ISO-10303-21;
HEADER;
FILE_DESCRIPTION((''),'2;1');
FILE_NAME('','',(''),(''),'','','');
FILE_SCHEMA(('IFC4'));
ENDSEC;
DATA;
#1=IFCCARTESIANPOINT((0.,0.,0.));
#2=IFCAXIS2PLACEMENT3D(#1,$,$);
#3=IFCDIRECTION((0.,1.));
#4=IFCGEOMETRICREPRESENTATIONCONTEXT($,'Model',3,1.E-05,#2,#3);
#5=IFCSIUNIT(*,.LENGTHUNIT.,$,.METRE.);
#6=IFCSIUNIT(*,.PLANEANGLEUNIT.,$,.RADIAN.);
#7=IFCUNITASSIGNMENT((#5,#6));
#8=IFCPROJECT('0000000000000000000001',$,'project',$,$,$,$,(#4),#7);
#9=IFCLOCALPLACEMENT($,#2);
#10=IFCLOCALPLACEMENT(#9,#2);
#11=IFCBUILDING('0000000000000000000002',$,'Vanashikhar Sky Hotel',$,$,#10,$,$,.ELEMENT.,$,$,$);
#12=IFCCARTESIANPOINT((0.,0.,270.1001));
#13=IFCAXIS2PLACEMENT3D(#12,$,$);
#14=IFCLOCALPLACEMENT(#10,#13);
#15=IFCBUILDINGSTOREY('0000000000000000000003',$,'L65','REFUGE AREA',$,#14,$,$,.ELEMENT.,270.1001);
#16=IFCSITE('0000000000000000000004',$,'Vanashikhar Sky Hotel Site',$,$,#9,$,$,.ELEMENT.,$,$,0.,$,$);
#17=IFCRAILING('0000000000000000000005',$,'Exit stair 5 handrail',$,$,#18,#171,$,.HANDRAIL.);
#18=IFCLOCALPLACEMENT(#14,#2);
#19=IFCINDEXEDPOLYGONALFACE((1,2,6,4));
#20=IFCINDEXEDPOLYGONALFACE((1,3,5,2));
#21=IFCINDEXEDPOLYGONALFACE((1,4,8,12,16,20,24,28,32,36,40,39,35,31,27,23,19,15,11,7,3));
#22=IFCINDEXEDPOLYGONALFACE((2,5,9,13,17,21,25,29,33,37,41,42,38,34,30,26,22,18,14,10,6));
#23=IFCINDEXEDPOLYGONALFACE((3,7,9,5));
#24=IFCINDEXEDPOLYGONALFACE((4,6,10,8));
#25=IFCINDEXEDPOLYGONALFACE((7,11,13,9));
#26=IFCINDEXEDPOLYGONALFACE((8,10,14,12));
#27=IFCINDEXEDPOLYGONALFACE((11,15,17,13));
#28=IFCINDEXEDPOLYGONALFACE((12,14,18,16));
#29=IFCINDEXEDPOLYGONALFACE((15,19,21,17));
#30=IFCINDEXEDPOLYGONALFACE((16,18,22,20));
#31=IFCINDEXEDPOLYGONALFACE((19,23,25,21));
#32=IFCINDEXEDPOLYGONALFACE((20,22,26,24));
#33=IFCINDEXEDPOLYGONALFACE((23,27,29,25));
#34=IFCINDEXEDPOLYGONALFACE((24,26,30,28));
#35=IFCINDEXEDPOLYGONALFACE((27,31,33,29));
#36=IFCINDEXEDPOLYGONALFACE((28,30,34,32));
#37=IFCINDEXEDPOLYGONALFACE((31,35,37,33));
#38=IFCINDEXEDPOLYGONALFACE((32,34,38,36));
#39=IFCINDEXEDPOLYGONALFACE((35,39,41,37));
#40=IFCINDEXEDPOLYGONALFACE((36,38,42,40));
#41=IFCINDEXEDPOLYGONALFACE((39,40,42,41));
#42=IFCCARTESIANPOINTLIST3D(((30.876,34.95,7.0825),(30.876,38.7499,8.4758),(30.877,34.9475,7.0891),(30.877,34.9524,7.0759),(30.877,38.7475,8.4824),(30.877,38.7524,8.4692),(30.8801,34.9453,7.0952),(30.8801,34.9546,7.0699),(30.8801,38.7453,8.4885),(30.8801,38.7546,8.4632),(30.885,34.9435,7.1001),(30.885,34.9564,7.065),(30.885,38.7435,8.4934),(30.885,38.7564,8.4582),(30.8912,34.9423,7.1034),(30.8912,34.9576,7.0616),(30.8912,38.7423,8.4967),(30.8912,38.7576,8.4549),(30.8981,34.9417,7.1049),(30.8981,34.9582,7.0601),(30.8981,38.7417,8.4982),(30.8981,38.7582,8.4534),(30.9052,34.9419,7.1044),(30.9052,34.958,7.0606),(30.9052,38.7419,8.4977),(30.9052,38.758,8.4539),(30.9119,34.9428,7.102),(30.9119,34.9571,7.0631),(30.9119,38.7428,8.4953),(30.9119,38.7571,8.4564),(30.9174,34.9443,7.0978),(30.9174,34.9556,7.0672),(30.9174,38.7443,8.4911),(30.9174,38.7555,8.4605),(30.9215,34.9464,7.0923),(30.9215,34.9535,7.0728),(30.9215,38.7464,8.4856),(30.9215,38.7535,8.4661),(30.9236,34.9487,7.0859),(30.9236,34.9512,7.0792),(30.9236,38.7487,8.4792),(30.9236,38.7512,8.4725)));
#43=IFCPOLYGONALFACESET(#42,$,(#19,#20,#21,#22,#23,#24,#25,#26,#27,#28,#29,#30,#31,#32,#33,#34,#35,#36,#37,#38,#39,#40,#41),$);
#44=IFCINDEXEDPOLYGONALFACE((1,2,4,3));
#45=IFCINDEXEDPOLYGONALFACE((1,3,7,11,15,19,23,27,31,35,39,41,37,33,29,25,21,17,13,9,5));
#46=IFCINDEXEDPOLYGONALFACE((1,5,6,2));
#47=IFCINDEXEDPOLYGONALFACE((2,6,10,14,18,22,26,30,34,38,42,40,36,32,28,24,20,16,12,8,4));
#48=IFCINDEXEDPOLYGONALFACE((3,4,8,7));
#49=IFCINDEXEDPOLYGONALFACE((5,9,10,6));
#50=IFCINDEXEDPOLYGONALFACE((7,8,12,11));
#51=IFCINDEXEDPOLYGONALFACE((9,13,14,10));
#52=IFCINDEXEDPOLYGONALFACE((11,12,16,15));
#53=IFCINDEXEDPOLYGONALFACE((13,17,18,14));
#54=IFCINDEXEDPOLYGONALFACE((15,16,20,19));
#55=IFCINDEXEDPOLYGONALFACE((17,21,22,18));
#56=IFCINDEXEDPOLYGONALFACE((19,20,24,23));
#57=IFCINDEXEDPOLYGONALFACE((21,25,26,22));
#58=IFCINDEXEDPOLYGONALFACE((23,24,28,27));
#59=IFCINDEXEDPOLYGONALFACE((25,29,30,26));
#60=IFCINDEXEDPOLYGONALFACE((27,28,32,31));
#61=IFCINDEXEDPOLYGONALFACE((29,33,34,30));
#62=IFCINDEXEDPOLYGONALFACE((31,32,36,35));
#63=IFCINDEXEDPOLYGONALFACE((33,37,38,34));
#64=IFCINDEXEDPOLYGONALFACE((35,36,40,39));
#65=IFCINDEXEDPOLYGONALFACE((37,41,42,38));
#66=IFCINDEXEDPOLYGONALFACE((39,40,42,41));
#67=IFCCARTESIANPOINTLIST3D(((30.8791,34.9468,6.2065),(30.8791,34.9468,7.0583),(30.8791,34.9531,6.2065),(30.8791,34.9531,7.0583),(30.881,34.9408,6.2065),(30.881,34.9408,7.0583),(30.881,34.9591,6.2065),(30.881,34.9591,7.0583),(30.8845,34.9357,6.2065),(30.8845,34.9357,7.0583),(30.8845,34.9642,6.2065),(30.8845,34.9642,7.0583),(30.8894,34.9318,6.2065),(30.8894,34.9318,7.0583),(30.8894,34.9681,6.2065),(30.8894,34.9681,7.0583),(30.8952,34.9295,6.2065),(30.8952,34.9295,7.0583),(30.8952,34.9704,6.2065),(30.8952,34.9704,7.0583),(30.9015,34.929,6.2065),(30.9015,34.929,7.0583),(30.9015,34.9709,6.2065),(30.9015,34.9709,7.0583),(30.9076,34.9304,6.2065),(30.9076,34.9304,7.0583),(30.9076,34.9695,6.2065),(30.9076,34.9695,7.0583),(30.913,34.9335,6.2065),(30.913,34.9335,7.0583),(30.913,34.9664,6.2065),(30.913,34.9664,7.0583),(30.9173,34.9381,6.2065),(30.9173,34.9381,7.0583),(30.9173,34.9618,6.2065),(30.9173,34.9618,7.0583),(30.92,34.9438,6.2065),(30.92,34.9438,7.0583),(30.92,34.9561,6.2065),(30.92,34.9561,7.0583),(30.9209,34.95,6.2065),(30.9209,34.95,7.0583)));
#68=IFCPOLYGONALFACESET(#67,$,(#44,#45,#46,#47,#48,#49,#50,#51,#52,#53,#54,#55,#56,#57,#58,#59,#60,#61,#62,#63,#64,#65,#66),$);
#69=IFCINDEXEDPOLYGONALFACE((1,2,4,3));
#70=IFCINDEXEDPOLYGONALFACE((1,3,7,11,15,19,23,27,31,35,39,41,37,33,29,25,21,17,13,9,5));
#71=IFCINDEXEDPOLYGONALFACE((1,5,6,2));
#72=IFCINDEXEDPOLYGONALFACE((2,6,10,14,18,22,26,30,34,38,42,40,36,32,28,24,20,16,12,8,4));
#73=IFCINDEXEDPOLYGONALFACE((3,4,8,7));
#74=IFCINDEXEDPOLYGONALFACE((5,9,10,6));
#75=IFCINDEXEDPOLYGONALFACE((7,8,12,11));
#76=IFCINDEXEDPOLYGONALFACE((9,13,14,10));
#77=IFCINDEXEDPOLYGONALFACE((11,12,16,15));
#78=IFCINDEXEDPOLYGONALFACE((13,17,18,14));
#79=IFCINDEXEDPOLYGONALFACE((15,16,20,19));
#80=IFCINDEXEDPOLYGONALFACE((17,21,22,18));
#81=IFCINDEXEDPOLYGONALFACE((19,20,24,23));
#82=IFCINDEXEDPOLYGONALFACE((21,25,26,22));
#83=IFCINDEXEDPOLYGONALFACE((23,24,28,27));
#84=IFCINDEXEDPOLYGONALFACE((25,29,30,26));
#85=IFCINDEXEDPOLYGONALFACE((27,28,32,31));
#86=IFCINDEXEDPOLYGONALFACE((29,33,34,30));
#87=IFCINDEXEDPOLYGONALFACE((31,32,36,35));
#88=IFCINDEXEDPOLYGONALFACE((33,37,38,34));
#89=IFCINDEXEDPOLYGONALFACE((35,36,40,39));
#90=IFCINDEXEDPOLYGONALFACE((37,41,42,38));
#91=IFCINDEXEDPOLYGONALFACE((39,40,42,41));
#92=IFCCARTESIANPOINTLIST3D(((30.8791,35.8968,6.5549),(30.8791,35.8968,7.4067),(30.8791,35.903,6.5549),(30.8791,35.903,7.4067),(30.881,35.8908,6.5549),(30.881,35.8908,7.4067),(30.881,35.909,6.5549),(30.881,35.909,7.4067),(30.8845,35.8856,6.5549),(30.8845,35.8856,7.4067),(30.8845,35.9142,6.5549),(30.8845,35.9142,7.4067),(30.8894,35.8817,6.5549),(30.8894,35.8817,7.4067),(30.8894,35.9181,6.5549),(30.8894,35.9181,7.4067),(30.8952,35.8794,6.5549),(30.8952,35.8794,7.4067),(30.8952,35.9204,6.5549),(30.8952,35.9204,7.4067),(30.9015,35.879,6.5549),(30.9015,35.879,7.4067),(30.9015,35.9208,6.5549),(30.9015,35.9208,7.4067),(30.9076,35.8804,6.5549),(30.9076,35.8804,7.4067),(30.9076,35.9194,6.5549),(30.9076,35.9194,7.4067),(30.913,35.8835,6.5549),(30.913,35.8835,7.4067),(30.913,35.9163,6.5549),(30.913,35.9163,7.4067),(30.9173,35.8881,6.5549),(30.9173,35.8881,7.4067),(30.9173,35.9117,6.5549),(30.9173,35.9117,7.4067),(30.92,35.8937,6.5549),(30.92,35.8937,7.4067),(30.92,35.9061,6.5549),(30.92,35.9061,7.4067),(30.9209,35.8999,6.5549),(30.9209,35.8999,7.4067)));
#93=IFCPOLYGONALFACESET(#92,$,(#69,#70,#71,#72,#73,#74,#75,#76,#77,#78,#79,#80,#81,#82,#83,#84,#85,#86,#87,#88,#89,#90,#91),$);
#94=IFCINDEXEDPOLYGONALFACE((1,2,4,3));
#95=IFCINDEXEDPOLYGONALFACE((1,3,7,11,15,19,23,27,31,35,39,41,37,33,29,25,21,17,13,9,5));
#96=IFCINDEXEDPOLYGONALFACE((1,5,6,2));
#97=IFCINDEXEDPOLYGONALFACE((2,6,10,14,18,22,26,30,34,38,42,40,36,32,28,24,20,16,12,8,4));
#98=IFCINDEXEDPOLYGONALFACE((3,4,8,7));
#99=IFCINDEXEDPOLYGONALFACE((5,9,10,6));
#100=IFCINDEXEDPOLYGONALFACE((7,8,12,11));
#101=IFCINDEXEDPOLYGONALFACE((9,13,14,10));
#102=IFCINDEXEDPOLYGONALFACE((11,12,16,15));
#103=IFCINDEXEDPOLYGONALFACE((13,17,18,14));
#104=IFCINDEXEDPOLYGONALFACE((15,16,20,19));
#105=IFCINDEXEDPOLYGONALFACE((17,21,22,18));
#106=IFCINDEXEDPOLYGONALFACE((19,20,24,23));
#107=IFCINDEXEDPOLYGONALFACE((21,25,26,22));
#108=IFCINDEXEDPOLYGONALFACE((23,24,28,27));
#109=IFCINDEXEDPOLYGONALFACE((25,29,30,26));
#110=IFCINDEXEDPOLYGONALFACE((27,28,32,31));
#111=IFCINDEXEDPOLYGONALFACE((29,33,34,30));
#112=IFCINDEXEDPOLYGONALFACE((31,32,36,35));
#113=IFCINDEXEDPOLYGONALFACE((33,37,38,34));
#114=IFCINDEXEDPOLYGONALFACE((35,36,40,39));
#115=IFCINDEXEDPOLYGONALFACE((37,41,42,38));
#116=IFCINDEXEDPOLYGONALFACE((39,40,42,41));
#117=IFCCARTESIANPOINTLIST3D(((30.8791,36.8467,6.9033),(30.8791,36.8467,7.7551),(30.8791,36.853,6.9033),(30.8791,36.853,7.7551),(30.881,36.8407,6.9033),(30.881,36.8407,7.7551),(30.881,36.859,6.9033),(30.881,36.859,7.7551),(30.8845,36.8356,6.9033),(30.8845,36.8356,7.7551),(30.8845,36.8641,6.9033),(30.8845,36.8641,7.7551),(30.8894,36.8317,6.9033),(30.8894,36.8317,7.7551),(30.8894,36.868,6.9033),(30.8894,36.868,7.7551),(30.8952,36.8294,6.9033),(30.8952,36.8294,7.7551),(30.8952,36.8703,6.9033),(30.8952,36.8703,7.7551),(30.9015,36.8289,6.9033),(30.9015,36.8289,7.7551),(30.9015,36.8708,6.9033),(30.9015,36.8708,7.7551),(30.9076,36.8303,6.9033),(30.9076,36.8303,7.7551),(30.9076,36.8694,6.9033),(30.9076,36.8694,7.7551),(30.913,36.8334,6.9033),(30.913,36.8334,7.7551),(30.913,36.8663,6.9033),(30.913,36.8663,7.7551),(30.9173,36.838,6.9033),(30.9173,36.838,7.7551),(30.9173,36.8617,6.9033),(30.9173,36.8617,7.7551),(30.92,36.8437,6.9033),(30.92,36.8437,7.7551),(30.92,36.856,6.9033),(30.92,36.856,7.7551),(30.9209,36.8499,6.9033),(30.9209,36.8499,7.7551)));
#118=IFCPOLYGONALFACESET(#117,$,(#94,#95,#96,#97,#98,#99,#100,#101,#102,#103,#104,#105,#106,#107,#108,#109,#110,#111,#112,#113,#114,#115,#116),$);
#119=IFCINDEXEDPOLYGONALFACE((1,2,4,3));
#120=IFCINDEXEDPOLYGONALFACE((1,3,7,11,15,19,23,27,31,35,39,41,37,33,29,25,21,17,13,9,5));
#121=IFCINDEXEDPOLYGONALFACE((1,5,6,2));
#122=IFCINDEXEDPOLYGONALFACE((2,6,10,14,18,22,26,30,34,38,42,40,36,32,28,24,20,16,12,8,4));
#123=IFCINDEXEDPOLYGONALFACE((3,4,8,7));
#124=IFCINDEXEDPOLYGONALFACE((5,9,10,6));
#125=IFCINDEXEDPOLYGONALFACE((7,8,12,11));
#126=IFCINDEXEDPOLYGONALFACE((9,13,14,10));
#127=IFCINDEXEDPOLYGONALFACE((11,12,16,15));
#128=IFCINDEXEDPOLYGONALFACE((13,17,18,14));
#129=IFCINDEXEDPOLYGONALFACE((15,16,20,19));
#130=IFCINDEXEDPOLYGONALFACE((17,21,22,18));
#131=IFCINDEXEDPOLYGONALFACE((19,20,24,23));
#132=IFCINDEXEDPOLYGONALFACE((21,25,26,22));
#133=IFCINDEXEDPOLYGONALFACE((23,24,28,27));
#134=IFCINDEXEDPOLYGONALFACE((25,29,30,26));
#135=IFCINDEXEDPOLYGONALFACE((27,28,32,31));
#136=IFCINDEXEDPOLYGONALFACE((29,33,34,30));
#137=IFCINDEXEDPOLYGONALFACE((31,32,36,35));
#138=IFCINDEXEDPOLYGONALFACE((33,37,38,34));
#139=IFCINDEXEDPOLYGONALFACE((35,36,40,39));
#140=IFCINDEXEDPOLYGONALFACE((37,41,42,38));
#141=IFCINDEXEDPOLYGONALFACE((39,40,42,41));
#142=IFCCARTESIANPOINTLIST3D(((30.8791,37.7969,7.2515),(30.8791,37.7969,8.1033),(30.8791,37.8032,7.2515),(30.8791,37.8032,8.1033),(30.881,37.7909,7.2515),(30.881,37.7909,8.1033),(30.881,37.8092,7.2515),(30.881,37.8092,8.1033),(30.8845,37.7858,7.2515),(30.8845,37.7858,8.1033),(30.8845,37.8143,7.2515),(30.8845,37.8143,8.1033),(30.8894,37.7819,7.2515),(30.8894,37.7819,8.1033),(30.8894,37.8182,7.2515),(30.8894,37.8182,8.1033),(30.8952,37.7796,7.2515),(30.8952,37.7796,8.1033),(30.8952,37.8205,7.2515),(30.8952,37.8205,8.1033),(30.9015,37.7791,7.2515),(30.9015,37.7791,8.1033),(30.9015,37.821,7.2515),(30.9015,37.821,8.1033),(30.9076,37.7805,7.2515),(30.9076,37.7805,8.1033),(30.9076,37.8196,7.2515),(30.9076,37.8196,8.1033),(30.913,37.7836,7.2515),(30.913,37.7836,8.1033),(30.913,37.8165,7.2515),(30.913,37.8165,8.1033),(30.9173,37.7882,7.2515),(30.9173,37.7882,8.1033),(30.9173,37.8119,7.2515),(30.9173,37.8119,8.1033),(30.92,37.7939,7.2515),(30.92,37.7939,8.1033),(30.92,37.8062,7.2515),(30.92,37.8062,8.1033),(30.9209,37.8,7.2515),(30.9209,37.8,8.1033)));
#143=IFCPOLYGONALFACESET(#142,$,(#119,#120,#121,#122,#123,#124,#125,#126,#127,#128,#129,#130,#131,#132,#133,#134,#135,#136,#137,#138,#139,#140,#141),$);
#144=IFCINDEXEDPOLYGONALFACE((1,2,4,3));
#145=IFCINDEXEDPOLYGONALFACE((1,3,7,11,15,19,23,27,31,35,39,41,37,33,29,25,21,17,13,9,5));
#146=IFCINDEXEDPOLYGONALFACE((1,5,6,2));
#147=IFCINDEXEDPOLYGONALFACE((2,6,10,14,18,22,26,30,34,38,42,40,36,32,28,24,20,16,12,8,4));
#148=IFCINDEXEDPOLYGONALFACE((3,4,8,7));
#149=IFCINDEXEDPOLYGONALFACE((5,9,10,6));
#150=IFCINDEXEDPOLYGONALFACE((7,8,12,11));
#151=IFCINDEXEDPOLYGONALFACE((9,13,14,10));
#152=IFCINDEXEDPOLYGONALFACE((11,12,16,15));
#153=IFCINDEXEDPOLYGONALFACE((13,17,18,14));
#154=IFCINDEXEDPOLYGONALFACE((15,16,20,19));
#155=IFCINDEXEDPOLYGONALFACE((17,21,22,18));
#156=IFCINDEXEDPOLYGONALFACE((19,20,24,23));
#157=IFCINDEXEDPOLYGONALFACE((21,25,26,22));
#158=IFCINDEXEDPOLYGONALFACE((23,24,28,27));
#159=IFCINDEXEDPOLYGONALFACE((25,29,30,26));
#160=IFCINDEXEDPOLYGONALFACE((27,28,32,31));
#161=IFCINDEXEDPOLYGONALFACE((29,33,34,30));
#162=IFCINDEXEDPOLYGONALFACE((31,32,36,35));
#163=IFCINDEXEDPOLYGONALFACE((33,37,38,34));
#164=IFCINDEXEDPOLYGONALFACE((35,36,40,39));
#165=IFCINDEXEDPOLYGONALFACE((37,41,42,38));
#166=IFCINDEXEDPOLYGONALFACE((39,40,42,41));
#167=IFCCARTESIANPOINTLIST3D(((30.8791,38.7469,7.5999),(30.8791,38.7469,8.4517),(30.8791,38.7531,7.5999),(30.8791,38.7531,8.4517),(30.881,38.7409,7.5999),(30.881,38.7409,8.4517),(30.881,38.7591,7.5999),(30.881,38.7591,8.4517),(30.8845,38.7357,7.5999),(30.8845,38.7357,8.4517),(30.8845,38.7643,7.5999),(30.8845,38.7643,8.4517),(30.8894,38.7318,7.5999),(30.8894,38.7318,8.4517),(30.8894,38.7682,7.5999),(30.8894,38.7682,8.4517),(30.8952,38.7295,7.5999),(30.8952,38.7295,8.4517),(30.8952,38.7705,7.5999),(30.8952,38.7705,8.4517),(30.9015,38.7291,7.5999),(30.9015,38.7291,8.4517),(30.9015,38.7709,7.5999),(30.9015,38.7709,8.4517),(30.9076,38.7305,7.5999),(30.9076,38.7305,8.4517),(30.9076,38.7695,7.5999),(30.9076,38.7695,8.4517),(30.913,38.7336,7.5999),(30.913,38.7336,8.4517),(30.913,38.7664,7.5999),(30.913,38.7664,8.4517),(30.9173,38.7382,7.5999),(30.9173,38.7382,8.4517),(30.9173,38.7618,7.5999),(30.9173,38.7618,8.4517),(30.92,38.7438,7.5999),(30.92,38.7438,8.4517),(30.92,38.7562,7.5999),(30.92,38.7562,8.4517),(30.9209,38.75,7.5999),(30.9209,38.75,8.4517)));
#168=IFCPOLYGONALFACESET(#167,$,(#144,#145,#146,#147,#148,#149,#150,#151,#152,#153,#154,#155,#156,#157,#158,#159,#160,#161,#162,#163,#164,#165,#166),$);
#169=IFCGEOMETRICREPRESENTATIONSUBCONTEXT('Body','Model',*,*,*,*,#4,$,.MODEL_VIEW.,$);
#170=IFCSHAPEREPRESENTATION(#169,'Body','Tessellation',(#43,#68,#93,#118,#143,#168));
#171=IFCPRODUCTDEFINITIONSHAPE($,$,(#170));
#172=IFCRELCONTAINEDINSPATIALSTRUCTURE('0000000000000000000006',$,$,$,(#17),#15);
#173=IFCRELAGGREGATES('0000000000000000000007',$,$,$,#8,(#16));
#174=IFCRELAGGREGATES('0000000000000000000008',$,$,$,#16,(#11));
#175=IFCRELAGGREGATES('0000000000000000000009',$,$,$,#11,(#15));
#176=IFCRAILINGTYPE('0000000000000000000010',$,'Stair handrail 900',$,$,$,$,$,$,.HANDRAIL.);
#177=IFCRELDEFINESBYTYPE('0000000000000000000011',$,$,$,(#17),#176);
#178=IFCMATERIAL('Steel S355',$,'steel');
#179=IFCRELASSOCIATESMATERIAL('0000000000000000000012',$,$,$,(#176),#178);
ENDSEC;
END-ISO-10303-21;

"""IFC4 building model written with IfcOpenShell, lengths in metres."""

from ifc_helpers import new_model, si_unit, direction, frame, origin, origin_2d, place, context, subcontext, project, spatial, circle, extrude, source, transform, mapped, material, type_object, element, save


model = new_model("IFC4")

# Units and contexts
model_context = context("Model", 3, precision=1e-05, world=origin(), true_north=direction((0.0, 1.0)))
body_context = subcontext(model_context, "Body", "Model", "MODEL_VIEW")
ifc_project = project(units=[si_unit("LENGTHUNIT", "METRE"), si_unit("PLANEANGLEUNIT", "RADIAN")], contexts=[model_context])

# Site, building, storey
site_placement = place(None, origin())
site = spatial("IfcSite", under=ifc_project, at=site_placement, Name="Vanashikhar Sky Hotel Site", CompositionType="ELEMENT", RefElevation=0.0)
building_placement = place(site_placement, origin())
building = spatial("IfcBuilding", under=site, at=building_placement, Name="Vanashikhar Sky Hotel", CompositionType="ELEMENT")
storey_placement = place(building_placement, frame((0.0, 0.0, 270.1001)))
storey = spatial("IfcBuildingStorey", under=building, at=storey_placement, Name="L65", Description="REFUGE AREA", CompositionType="ELEMENT", Elevation=270.1001)

# Railing
ifc_material_1 = material(Name="Steel S355", Category="steel")
railing_type_1 = type_object("IfcRailingType", Name="Stair handrail 900", PredefinedType="HANDRAIL", material=ifc_material_1)
shared_shape_1 = source(origin(), body_context, "Body", "SweptSolid", [
    extrude(circle(Radius=0.0239, at=origin_2d()), frame((0.0, 0.0, 0.876), z_axis=(0.0, 0.93888, 0.344246), x_axis=(-1.0, 0.0, 0.0)), (0.0, 0.0, 1.0), 4.0474),
    extrude(circle(Radius=0.021, at=origin_2d()), origin(), (0.0, 0.0, 1.0), 0.8518),
    extrude(circle(Radius=0.021, at=origin_2d()), frame((0.0, 0.95, 0.3484)), (0.0, 0.0, 1.0), 0.8518),
    extrude(circle(Radius=0.021, at=origin_2d()), frame((0.0, 1.8999, 0.6968)), (0.0, 0.0, 1.0), 0.8518),
    extrude(circle(Radius=0.021, at=origin_2d()), frame((0.0, 2.8501, 1.0449)), (0.0, 0.0, 1.0), 0.8518),
    extrude(circle(Radius=0.021, at=origin_2d()), frame((0.0, 3.8, 1.3933)), (0.0, 0.0, 1.0), 0.8518),
])
for number, where, name in (
    (1, (30.8999, 34.95, 6.2065), "Exit stair 5 handrail"),
):
    element("IfcRailing", number, at=place(storey_placement, frame(where)), inside=storey, type_object=railing_type_1, Name=name, PredefinedType="HANDRAIL", context=body_context, shape_type="MappedRepresentation", body=[
        mapped(shared_shape_1, transform((0.0, 0.0, 0.0), scale=1.0)),
    ])

save(model, "model.ifc")
